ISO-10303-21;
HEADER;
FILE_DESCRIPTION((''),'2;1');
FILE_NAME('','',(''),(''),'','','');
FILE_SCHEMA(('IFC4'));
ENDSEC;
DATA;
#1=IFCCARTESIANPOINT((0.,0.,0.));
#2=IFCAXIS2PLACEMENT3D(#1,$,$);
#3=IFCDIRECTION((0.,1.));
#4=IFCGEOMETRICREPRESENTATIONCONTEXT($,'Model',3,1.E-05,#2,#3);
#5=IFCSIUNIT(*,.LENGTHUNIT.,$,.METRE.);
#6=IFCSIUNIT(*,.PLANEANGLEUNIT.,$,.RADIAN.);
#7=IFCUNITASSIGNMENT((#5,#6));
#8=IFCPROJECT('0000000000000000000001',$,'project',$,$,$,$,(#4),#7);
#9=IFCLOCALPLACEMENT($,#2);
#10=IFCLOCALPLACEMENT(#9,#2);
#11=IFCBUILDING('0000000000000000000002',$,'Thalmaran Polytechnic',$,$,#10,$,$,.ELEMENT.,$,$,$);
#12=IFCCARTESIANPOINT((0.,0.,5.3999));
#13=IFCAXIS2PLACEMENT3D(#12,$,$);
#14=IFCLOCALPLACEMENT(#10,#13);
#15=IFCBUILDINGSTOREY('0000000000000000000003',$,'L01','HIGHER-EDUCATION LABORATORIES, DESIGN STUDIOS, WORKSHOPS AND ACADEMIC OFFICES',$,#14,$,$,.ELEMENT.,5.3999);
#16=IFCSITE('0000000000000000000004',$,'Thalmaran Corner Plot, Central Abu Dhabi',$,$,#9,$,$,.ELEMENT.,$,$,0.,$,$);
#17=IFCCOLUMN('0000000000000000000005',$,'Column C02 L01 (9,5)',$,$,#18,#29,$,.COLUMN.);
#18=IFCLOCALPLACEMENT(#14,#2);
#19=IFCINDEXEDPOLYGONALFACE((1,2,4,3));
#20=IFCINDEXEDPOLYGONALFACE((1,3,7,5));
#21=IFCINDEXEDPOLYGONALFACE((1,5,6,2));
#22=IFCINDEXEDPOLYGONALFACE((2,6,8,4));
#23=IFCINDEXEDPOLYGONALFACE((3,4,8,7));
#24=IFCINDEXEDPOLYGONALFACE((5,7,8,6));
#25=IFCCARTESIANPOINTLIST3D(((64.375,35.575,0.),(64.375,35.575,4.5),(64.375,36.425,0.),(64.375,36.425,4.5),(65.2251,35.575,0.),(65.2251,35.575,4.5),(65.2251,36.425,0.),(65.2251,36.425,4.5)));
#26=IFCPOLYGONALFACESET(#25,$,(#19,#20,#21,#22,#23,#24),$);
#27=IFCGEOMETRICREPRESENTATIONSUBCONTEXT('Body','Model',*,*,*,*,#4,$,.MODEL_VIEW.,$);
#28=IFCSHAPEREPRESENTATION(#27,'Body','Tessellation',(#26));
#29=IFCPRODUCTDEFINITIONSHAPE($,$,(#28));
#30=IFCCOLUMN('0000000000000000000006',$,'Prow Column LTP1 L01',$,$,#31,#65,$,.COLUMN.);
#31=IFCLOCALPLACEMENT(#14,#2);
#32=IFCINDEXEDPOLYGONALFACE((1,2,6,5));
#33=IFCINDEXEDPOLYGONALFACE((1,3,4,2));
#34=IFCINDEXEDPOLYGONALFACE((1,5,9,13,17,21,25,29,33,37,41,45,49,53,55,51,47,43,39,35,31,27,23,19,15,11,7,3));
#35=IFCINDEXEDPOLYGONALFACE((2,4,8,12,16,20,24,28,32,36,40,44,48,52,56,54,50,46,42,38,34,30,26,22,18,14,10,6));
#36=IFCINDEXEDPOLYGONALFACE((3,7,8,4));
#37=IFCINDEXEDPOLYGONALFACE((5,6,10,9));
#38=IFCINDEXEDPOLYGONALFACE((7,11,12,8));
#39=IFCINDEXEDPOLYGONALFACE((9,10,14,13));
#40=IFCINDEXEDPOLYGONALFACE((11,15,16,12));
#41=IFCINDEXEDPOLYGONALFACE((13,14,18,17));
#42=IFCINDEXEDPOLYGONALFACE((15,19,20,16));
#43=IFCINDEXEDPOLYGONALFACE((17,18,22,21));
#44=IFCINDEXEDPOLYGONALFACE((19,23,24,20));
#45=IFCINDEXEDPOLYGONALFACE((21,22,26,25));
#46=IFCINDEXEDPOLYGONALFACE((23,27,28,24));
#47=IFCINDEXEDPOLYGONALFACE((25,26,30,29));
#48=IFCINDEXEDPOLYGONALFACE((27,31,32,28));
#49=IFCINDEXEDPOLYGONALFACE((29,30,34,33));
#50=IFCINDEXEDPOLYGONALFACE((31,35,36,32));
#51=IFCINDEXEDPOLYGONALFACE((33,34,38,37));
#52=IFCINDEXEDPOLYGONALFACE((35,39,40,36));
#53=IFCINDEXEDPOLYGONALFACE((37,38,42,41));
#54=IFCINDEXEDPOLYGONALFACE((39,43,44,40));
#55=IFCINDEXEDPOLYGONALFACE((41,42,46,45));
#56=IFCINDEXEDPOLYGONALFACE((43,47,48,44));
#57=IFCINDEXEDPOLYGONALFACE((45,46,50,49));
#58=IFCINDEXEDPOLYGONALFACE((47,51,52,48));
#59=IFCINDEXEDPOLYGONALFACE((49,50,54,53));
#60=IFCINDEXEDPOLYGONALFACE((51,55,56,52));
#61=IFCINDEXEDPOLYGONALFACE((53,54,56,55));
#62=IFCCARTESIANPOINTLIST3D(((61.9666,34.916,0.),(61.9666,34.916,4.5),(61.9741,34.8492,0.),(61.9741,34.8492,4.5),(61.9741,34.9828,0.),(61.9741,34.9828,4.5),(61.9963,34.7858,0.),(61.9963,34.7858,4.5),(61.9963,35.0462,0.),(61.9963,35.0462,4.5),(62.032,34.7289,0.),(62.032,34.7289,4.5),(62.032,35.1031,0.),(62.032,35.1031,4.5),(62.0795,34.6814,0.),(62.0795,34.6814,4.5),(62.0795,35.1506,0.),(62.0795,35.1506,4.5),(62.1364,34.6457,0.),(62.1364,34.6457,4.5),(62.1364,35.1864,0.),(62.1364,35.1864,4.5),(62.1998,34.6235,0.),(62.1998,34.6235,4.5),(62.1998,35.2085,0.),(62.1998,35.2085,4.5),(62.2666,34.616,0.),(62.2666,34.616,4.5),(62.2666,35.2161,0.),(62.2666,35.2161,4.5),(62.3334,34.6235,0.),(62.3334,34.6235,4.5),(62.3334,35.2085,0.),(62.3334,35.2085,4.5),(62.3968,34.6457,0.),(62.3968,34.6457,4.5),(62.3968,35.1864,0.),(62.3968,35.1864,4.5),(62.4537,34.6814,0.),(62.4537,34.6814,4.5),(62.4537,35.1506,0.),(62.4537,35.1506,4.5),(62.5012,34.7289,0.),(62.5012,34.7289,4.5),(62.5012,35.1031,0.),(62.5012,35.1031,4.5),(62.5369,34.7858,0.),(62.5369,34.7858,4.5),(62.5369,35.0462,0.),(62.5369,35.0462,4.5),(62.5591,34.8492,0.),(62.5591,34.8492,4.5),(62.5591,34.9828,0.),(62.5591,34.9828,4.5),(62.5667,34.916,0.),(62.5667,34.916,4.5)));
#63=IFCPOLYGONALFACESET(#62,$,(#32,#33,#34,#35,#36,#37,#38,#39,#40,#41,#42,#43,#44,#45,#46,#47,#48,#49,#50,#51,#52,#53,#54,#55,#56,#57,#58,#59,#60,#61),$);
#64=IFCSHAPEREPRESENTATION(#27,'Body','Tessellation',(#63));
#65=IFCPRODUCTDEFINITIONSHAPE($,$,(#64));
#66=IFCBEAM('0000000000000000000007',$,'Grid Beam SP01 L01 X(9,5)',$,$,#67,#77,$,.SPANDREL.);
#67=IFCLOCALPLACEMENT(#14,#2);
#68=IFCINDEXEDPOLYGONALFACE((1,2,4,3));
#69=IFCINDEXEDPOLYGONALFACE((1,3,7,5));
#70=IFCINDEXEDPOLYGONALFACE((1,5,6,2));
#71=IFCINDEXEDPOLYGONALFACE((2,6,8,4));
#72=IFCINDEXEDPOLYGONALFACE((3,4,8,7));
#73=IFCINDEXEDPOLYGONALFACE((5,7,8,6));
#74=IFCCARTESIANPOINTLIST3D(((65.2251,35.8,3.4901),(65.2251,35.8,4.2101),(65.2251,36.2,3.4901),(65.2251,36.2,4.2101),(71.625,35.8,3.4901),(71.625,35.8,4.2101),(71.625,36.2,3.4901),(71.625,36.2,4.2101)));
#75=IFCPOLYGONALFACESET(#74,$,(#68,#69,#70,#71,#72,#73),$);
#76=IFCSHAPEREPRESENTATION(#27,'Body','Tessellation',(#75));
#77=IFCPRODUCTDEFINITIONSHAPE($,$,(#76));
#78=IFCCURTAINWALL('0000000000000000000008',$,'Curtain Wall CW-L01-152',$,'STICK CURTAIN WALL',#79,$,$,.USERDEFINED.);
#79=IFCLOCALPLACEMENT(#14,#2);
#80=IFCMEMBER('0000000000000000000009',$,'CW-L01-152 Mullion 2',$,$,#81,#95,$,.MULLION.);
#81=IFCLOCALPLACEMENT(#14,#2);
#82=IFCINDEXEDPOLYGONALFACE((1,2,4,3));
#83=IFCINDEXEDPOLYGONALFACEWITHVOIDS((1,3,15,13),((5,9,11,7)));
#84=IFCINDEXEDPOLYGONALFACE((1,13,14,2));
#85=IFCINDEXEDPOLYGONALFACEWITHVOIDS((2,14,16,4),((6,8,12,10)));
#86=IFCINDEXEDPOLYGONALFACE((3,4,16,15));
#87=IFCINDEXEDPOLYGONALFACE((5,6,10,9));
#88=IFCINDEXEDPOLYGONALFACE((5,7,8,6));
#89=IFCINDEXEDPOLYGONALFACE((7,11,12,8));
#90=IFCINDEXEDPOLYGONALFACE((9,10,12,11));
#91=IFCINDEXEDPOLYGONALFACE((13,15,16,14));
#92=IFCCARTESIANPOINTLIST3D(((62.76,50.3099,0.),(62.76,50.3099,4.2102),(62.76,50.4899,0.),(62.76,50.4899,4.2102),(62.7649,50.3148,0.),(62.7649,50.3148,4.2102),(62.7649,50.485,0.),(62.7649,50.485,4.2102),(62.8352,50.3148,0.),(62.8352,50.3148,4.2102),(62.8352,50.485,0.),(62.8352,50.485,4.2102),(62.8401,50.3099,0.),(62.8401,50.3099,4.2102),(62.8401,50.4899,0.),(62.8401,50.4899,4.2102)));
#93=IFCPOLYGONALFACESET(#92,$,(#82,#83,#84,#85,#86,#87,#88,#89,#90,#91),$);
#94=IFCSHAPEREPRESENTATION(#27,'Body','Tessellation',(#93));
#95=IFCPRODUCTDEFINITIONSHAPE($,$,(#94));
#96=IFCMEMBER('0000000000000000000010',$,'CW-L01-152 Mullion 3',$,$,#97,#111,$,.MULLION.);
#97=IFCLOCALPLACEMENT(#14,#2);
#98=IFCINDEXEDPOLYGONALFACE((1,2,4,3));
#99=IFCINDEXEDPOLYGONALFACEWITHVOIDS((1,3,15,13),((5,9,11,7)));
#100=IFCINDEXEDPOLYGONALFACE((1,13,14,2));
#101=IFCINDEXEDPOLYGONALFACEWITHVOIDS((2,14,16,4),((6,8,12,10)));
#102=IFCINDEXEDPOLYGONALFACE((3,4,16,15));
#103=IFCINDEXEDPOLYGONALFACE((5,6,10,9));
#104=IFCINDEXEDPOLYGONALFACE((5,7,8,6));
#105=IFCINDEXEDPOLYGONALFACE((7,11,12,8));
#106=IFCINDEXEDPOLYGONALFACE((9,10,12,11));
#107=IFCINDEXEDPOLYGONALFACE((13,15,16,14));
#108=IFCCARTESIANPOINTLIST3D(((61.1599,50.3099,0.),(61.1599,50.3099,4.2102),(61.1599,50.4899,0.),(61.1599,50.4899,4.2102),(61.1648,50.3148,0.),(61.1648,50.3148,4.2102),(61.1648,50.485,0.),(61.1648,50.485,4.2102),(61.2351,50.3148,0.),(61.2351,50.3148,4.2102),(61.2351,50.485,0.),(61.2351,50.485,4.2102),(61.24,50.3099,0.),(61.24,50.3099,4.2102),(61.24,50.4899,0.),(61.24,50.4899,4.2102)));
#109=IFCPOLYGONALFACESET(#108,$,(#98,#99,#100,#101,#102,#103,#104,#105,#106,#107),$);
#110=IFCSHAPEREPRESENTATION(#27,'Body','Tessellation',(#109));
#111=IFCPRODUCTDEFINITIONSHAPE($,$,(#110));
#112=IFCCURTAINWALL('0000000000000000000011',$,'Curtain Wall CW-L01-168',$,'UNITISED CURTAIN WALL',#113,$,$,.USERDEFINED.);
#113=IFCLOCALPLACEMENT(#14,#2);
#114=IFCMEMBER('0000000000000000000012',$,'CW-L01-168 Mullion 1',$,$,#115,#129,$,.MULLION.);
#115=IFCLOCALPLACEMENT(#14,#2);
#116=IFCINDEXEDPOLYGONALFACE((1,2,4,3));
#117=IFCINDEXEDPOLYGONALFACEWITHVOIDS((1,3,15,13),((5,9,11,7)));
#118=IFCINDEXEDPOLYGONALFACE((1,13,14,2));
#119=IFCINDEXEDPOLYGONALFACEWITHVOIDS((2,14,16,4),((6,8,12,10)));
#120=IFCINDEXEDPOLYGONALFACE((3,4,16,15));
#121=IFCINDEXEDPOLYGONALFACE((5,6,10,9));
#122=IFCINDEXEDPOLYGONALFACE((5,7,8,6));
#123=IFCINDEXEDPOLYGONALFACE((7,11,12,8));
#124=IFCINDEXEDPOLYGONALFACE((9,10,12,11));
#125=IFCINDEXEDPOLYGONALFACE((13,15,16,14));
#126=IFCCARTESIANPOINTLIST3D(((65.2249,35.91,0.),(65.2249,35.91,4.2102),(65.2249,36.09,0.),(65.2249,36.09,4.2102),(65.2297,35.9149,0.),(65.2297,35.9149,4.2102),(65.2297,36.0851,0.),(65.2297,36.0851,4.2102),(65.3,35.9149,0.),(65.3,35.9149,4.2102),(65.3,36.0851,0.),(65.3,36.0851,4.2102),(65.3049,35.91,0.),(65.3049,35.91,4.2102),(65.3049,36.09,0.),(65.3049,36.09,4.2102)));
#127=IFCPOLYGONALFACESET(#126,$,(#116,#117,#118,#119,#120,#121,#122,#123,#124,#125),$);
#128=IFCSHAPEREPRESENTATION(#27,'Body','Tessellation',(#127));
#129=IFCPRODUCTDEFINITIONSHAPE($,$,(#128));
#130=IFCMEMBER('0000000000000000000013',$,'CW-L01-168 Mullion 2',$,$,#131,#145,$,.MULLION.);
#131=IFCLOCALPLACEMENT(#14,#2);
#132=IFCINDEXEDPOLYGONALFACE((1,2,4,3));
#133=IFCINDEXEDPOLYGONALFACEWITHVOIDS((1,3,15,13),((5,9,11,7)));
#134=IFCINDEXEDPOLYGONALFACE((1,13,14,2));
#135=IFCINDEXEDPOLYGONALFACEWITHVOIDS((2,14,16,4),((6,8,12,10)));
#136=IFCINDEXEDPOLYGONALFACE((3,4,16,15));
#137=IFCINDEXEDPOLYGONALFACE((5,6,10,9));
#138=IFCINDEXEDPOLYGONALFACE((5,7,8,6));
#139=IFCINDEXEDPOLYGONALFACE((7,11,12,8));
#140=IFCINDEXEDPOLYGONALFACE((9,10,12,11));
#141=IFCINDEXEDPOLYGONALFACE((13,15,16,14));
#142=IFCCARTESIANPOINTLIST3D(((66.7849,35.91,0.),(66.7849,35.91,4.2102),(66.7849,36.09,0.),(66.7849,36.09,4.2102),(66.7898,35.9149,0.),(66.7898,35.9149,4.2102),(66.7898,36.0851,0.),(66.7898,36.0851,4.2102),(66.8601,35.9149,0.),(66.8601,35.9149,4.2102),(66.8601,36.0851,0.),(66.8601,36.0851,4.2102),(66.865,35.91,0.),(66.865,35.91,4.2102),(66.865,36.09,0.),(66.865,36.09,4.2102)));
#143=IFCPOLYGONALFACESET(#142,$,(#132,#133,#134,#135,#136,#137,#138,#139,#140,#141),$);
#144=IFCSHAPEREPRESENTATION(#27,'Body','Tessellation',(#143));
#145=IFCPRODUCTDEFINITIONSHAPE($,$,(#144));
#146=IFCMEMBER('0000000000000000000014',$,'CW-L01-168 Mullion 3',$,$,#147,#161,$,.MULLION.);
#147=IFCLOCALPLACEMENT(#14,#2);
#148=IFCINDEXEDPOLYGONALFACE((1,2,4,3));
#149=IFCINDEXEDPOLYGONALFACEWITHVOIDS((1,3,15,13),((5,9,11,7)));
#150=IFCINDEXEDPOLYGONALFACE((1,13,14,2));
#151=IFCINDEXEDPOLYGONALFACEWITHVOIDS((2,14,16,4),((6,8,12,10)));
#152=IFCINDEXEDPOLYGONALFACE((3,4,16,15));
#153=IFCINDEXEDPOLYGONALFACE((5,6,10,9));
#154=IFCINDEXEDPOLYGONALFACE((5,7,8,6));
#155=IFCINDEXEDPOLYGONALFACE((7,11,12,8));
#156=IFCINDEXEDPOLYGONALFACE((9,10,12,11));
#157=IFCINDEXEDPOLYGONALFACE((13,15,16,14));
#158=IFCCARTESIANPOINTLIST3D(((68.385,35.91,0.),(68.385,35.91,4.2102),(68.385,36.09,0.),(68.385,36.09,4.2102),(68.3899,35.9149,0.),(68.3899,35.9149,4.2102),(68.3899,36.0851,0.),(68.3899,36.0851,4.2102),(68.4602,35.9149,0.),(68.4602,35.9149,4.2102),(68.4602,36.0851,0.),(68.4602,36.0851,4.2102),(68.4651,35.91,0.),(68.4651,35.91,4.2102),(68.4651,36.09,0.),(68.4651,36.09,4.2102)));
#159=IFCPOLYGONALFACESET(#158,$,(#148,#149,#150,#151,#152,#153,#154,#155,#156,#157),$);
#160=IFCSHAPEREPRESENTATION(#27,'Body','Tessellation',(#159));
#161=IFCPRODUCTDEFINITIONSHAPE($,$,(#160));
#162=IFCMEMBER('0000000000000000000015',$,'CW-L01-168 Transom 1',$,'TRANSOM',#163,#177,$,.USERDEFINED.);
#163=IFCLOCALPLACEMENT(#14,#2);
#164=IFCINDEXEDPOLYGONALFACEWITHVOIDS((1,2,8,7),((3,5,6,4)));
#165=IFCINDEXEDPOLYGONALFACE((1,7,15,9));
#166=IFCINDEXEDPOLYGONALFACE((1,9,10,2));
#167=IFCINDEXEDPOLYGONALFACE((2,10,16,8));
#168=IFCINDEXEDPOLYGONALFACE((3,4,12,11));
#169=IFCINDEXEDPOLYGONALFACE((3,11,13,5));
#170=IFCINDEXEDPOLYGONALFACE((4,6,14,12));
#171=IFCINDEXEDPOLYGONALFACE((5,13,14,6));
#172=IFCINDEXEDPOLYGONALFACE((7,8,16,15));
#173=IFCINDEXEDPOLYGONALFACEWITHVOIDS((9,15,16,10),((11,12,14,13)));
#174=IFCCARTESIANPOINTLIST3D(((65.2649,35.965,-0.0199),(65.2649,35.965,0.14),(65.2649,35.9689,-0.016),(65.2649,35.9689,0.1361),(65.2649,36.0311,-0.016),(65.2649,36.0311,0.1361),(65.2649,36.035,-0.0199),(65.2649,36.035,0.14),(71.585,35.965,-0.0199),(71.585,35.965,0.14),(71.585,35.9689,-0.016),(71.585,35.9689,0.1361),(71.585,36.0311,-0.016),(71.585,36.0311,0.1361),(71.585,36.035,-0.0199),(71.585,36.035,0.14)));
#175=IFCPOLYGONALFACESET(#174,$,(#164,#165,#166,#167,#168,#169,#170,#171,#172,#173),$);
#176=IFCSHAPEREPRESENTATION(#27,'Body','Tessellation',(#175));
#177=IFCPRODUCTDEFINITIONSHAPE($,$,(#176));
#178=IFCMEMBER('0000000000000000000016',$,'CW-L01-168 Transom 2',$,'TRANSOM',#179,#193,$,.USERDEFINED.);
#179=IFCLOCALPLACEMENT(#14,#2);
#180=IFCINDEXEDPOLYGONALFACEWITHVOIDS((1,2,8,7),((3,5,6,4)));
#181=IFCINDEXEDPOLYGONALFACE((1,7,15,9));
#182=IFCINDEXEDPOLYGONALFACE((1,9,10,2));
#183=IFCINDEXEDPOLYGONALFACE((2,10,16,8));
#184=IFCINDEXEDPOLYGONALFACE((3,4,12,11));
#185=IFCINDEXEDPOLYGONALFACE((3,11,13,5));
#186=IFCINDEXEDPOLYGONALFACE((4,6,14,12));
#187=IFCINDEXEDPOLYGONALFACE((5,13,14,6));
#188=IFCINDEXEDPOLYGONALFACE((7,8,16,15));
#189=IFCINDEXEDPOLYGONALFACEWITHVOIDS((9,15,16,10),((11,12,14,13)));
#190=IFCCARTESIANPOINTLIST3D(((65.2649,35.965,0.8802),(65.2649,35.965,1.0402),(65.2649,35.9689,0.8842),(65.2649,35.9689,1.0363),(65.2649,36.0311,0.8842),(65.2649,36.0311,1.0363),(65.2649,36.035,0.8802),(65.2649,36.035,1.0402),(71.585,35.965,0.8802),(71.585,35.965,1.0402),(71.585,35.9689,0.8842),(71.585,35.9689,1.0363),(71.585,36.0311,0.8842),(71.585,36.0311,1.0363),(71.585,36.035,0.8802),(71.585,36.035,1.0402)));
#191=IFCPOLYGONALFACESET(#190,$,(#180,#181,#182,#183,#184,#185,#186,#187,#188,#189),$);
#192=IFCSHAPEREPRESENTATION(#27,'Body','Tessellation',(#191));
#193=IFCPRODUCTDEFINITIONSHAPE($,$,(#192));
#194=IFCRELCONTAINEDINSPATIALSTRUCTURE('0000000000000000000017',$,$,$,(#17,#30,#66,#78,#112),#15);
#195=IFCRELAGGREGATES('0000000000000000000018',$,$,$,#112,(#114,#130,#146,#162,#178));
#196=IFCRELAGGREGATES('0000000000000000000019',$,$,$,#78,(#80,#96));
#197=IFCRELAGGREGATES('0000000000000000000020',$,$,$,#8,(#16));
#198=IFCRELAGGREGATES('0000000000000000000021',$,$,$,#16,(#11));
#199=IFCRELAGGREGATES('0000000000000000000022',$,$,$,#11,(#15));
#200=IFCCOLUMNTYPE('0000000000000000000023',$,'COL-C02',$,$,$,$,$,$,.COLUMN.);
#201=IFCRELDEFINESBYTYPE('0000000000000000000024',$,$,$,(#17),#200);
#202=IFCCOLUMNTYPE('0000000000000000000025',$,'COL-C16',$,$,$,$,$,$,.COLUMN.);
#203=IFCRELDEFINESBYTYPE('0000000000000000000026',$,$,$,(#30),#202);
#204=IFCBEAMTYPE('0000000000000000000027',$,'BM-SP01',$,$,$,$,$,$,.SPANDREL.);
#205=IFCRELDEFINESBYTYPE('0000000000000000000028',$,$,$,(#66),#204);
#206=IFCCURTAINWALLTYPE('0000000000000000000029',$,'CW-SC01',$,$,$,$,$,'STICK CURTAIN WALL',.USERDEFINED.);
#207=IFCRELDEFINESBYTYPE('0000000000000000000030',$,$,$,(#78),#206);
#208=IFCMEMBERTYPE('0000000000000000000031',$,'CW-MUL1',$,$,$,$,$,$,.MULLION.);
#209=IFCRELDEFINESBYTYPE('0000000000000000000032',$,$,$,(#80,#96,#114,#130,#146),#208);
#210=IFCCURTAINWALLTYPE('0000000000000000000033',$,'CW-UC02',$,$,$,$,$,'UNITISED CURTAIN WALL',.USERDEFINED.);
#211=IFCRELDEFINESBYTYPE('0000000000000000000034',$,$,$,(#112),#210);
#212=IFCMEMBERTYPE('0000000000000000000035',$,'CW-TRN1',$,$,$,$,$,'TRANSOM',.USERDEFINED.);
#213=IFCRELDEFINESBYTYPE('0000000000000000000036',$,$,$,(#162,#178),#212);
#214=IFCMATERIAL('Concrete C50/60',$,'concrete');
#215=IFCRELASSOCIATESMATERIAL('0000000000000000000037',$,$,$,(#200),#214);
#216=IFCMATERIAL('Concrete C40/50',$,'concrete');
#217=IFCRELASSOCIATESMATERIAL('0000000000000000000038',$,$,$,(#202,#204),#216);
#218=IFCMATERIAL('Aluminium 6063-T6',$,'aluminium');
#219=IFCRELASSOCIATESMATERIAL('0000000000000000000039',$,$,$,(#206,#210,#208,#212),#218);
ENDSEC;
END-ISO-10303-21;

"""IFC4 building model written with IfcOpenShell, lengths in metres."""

from ifc_helpers import new_model, si_unit, direction, frame, origin, origin_2d, place, context, subcontext, project, spatial, rectangle, hollow_rectangle, circle, extrude, material, material_profile, profile_set, type_object, element, aggregate, save


model = new_model("IFC4")

# Units and contexts
model_context = context("Model", 3, precision=1e-05, world=origin(), true_north=direction((0.0, 1.0)))
body_context = subcontext(model_context, "Body", "Model", "MODEL_VIEW")
ifc_project = project(units=[si_unit("LENGTHUNIT", "METRE"), si_unit("PLANEANGLEUNIT", "RADIAN")], contexts=[model_context])

# Site, building, storey
site_placement = place(None, origin())
site = spatial("IfcSite", under=ifc_project, at=site_placement, Name="Thalmaran Corner Plot, Central Abu Dhabi", CompositionType="ELEMENT", RefElevation=0.0)
building_placement = place(site_placement, origin())
building = spatial("IfcBuilding", under=site, at=building_placement, Name="Thalmaran Polytechnic", CompositionType="ELEMENT")
storey_placement = place(building_placement, frame((0.0, 0.0, 5.3999)))
storey = spatial("IfcBuildingStorey", under=building, at=storey_placement, Name="L01", Description="HIGHER-EDUCATION LABORATORIES, DESIGN STUDIOS, WORKSHOPS AND ACADEMIC OFFICES", CompositionType="ELEMENT", Elevation=5.3999)

# Columns
ifc_material_1 = material(Name="Concrete C50/60", Category="concrete")
ifc_material_profile_1 = material_profile(ifc_material_1, rectangle(XDim=0.8501, YDim=0.8501, at=origin_2d()), Name="RC 850x850")
ifc_profile_set_1 = profile_set([ifc_material_profile_1], Name="Concrete C50/60")
column_type_1 = type_object("IfcColumnType", Name="COL-C02", PredefinedType="COLUMN", material=ifc_profile_set_1)
column_1_placement = place(storey_placement, frame((64.8, 36.0, 0.0), z_axis=(0.0, 0.0, 1.0), x_axis=(1.0, 0.0, 0.0)))
element("IfcColumn", 1, at=column_1_placement, inside=storey, type_object=column_type_1, Name="Column C02 L01 (9,5)", PredefinedType="COLUMN", context=body_context, shape_type="SweptSolid", body=[
    extrude(rectangle(XDim=0.8501, YDim=0.8501, at=origin_2d()), origin(), (0.0, 0.0, 1.0), 4.5),
])
ifc_material_2 = material(Name="Concrete C40/50", Category="concrete")
ifc_material_profile_2 = material_profile(ifc_material_2, circle(Radius=0.3, at=origin_2d()), Name="RC 600 DIA")
ifc_profile_set_2 = profile_set([ifc_material_profile_2], Name="Concrete C40/50")
column_type_2 = type_object("IfcColumnType", Name="COL-C16", PredefinedType="COLUMN", material=ifc_profile_set_2)
column_2_placement = place(storey_placement, frame((62.2666, 34.916, 0.0), z_axis=(0.0, 0.0, 1.0), x_axis=(1.0, 0.0, 0.0)))
element("IfcColumn", 2, at=column_2_placement, inside=storey, type_object=column_type_2, Name="Prow Column LTP1 L01", PredefinedType="COLUMN", context=body_context, shape_type="SweptSolid", body=[
    extrude(circle(Radius=0.3, at=origin_2d()), origin(), (0.0, 0.0, 1.0), 4.5),
])

# Beam
ifc_material_profile_3 = material_profile(ifc_material_2, rectangle(XDim=0.3999, YDim=0.72, at=origin_2d()), Name="RC 400x720")
ifc_profile_set_3 = profile_set([ifc_material_profile_3], Name="Concrete C40/50")
beam_type = type_object("IfcBeamType", Name="BM-SP01", PredefinedType="SPANDREL", material=ifc_profile_set_3)
beam_placement = place(storey_placement, frame((65.2251, 36.0, 3.8501), z_axis=(1.0, 0.0, 0.0), x_axis=(0.0, 1.0, 0.0)))
element("IfcBeam", 3, at=beam_placement, inside=storey, type_object=beam_type, Name="Grid Beam SP01 L01 X(9,5)", PredefinedType="SPANDREL", context=body_context, shape_type="SweptSolid", body=[
    extrude(rectangle(XDim=0.3999, YDim=0.72, at=origin_2d()), origin(), (0.0, 0.0, 1.0), 6.3999),
])

# Curtain walls, members
ifc_material_3 = material(Name="Aluminium 6063-T6", Category="aluminium")
curtain_wall_type_1 = type_object("IfcCurtainWallType", Name="CW-SC01", ElementType="STICK CURTAIN WALL", PredefinedType="USERDEFINED", material=ifc_material_3)
curtain_wall_1_placement = place(storey_placement, origin())
curtain_wall_1 = element("IfcCurtainWall", 4, at=curtain_wall_1_placement, inside=storey, type_object=curtain_wall_type_1, Name="Curtain Wall CW-L01-152", ObjectType="STICK CURTAIN WALL", PredefinedType="USERDEFINED")
ifc_material_profile_4 = material_profile(ifc_material_3, hollow_rectangle(XDim=0.0801, YDim=0.1799, WallThickness=0.0049, at=origin_2d()), Name="RHS 180x80x5.0")
ifc_profile_set_4 = profile_set([ifc_material_profile_4], Name="Aluminium 6063-T6")
member_type_1 = type_object("IfcMemberType", Name="CW-MUL1", PredefinedType="MULLION", material=ifc_profile_set_4)
member_1_placement = place(storey_placement, frame((62.8, 50.3999, 0.0), z_axis=(0.0, 0.0, 1.0), x_axis=(1.0, 0.0, 0.0)))
member_1 = element("IfcMember", 5, at=member_1_placement, type_object=member_type_1, Name="CW-L01-152 Mullion 2", PredefinedType="MULLION", context=body_context, shape_type="SweptSolid", body=[
    extrude(hollow_rectangle(XDim=0.0801, YDim=0.1799, WallThickness=0.0049, at=origin_2d()), origin(), (0.0, 0.0, 1.0), 4.2102),
])
member_2_placement = place(storey_placement, frame((61.2, 50.3999, 0.0), z_axis=(0.0, 0.0, 1.0), x_axis=(1.0, 0.0, 0.0)))
member_2 = element("IfcMember", 6, at=member_2_placement, type_object=member_type_1, Name="CW-L01-152 Mullion 3", PredefinedType="MULLION", context=body_context, shape_type="SweptSolid", body=[
    extrude(hollow_rectangle(XDim=0.0801, YDim=0.1799, WallThickness=0.0049, at=origin_2d()), origin(), (0.0, 0.0, 1.0), 4.2102),
])
curtain_wall_type_2 = type_object("IfcCurtainWallType", Name="CW-UC02", ElementType="UNITISED CURTAIN WALL", PredefinedType="USERDEFINED", material=ifc_material_3)
curtain_wall_2_placement = place(storey_placement, origin())
curtain_wall_2 = element("IfcCurtainWall", 7, at=curtain_wall_2_placement, inside=storey, type_object=curtain_wall_type_2, Name="Curtain Wall CW-L01-168", ObjectType="UNITISED CURTAIN WALL", PredefinedType="USERDEFINED")
member_3_placement = place(storey_placement, frame((65.2649, 36.0, 0.0), z_axis=(0.0, 0.0, 1.0), x_axis=(1.0, 0.0, 0.0)))
member_3 = element("IfcMember", 8, at=member_3_placement, type_object=member_type_1, Name="CW-L01-168 Mullion 1", PredefinedType="MULLION", context=body_context, shape_type="SweptSolid", body=[
    extrude(hollow_rectangle(XDim=0.0801, YDim=0.1799, WallThickness=0.0049, at=origin_2d()), origin(), (0.0, 0.0, 1.0), 4.2102),
])
member_4_placement = place(storey_placement, frame((66.825, 36.0, 0.0), z_axis=(0.0, 0.0, 1.0), x_axis=(1.0, 0.0, 0.0)))
member_4 = element("IfcMember", 9, at=member_4_placement, type_object=member_type_1, Name="CW-L01-168 Mullion 2", PredefinedType="MULLION", context=body_context, shape_type="SweptSolid", body=[
    extrude(hollow_rectangle(XDim=0.0801, YDim=0.1799, WallThickness=0.0049, at=origin_2d()), origin(), (0.0, 0.0, 1.0), 4.2102),
])
member_5_placement = place(storey_placement, frame((68.425, 36.0, 0.0), z_axis=(0.0, 0.0, 1.0), x_axis=(1.0, 0.0, 0.0)))
member_5 = element("IfcMember", 10, at=member_5_placement, type_object=member_type_1, Name="CW-L01-168 Mullion 3", PredefinedType="MULLION", context=body_context, shape_type="SweptSolid", body=[
    extrude(hollow_rectangle(XDim=0.0801, YDim=0.1799, WallThickness=0.0049, at=origin_2d()), origin(), (0.0, 0.0, 1.0), 4.2102),
])
ifc_material_profile_5 = material_profile(ifc_material_3, hollow_rectangle(XDim=0.0701, YDim=0.1599, WallThickness=0.0039, at=origin_2d()), Name="AL 160x70x4.0")
ifc_profile_set_5 = profile_set([ifc_material_profile_5], Name="Aluminium 6063-T6")
member_type_2 = type_object("IfcMemberType", Name="CW-TRN1", ElementType="TRANSOM", PredefinedType="USERDEFINED", material=ifc_profile_set_5)
member_6_placement = place(storey_placement, frame((65.2649, 36.0, 0.0601), z_axis=(1.0, 0.0, 0.0), x_axis=(0.0, 1.0, 0.0)))
member_6 = element("IfcMember", 11, at=member_6_placement, type_object=member_type_2, Name="CW-L01-168 Transom 1", ObjectType="TRANSOM", PredefinedType="USERDEFINED", context=body_context, shape_type="SweptSolid", body=[
    extrude(hollow_rectangle(XDim=0.0701, YDim=0.1599, WallThickness=0.0039, at=origin_2d()), origin(), (0.0, 0.0, 1.0), 6.3201),
])
member_7_placement = place(storey_placement, frame((65.2649, 36.0, 0.9602), z_axis=(1.0, 0.0, 0.0), x_axis=(0.0, 1.0, 0.0)))
member_7 = element("IfcMember", 12, at=member_7_placement, type_object=member_type_2, Name="CW-L01-168 Transom 2", ObjectType="TRANSOM", PredefinedType="USERDEFINED", context=body_context, shape_type="SweptSolid", body=[
    extrude(hollow_rectangle(XDim=0.0701, YDim=0.1599, WallThickness=0.0039, at=origin_2d()), origin(), (0.0, 0.0, 1.0), 6.3201),
])

aggregate(curtain_wall_2, [member_3, member_4, member_5, member_6, member_7])
aggregate(curtain_wall_1, [member_1, member_2])

save(model, "model.ifc")
